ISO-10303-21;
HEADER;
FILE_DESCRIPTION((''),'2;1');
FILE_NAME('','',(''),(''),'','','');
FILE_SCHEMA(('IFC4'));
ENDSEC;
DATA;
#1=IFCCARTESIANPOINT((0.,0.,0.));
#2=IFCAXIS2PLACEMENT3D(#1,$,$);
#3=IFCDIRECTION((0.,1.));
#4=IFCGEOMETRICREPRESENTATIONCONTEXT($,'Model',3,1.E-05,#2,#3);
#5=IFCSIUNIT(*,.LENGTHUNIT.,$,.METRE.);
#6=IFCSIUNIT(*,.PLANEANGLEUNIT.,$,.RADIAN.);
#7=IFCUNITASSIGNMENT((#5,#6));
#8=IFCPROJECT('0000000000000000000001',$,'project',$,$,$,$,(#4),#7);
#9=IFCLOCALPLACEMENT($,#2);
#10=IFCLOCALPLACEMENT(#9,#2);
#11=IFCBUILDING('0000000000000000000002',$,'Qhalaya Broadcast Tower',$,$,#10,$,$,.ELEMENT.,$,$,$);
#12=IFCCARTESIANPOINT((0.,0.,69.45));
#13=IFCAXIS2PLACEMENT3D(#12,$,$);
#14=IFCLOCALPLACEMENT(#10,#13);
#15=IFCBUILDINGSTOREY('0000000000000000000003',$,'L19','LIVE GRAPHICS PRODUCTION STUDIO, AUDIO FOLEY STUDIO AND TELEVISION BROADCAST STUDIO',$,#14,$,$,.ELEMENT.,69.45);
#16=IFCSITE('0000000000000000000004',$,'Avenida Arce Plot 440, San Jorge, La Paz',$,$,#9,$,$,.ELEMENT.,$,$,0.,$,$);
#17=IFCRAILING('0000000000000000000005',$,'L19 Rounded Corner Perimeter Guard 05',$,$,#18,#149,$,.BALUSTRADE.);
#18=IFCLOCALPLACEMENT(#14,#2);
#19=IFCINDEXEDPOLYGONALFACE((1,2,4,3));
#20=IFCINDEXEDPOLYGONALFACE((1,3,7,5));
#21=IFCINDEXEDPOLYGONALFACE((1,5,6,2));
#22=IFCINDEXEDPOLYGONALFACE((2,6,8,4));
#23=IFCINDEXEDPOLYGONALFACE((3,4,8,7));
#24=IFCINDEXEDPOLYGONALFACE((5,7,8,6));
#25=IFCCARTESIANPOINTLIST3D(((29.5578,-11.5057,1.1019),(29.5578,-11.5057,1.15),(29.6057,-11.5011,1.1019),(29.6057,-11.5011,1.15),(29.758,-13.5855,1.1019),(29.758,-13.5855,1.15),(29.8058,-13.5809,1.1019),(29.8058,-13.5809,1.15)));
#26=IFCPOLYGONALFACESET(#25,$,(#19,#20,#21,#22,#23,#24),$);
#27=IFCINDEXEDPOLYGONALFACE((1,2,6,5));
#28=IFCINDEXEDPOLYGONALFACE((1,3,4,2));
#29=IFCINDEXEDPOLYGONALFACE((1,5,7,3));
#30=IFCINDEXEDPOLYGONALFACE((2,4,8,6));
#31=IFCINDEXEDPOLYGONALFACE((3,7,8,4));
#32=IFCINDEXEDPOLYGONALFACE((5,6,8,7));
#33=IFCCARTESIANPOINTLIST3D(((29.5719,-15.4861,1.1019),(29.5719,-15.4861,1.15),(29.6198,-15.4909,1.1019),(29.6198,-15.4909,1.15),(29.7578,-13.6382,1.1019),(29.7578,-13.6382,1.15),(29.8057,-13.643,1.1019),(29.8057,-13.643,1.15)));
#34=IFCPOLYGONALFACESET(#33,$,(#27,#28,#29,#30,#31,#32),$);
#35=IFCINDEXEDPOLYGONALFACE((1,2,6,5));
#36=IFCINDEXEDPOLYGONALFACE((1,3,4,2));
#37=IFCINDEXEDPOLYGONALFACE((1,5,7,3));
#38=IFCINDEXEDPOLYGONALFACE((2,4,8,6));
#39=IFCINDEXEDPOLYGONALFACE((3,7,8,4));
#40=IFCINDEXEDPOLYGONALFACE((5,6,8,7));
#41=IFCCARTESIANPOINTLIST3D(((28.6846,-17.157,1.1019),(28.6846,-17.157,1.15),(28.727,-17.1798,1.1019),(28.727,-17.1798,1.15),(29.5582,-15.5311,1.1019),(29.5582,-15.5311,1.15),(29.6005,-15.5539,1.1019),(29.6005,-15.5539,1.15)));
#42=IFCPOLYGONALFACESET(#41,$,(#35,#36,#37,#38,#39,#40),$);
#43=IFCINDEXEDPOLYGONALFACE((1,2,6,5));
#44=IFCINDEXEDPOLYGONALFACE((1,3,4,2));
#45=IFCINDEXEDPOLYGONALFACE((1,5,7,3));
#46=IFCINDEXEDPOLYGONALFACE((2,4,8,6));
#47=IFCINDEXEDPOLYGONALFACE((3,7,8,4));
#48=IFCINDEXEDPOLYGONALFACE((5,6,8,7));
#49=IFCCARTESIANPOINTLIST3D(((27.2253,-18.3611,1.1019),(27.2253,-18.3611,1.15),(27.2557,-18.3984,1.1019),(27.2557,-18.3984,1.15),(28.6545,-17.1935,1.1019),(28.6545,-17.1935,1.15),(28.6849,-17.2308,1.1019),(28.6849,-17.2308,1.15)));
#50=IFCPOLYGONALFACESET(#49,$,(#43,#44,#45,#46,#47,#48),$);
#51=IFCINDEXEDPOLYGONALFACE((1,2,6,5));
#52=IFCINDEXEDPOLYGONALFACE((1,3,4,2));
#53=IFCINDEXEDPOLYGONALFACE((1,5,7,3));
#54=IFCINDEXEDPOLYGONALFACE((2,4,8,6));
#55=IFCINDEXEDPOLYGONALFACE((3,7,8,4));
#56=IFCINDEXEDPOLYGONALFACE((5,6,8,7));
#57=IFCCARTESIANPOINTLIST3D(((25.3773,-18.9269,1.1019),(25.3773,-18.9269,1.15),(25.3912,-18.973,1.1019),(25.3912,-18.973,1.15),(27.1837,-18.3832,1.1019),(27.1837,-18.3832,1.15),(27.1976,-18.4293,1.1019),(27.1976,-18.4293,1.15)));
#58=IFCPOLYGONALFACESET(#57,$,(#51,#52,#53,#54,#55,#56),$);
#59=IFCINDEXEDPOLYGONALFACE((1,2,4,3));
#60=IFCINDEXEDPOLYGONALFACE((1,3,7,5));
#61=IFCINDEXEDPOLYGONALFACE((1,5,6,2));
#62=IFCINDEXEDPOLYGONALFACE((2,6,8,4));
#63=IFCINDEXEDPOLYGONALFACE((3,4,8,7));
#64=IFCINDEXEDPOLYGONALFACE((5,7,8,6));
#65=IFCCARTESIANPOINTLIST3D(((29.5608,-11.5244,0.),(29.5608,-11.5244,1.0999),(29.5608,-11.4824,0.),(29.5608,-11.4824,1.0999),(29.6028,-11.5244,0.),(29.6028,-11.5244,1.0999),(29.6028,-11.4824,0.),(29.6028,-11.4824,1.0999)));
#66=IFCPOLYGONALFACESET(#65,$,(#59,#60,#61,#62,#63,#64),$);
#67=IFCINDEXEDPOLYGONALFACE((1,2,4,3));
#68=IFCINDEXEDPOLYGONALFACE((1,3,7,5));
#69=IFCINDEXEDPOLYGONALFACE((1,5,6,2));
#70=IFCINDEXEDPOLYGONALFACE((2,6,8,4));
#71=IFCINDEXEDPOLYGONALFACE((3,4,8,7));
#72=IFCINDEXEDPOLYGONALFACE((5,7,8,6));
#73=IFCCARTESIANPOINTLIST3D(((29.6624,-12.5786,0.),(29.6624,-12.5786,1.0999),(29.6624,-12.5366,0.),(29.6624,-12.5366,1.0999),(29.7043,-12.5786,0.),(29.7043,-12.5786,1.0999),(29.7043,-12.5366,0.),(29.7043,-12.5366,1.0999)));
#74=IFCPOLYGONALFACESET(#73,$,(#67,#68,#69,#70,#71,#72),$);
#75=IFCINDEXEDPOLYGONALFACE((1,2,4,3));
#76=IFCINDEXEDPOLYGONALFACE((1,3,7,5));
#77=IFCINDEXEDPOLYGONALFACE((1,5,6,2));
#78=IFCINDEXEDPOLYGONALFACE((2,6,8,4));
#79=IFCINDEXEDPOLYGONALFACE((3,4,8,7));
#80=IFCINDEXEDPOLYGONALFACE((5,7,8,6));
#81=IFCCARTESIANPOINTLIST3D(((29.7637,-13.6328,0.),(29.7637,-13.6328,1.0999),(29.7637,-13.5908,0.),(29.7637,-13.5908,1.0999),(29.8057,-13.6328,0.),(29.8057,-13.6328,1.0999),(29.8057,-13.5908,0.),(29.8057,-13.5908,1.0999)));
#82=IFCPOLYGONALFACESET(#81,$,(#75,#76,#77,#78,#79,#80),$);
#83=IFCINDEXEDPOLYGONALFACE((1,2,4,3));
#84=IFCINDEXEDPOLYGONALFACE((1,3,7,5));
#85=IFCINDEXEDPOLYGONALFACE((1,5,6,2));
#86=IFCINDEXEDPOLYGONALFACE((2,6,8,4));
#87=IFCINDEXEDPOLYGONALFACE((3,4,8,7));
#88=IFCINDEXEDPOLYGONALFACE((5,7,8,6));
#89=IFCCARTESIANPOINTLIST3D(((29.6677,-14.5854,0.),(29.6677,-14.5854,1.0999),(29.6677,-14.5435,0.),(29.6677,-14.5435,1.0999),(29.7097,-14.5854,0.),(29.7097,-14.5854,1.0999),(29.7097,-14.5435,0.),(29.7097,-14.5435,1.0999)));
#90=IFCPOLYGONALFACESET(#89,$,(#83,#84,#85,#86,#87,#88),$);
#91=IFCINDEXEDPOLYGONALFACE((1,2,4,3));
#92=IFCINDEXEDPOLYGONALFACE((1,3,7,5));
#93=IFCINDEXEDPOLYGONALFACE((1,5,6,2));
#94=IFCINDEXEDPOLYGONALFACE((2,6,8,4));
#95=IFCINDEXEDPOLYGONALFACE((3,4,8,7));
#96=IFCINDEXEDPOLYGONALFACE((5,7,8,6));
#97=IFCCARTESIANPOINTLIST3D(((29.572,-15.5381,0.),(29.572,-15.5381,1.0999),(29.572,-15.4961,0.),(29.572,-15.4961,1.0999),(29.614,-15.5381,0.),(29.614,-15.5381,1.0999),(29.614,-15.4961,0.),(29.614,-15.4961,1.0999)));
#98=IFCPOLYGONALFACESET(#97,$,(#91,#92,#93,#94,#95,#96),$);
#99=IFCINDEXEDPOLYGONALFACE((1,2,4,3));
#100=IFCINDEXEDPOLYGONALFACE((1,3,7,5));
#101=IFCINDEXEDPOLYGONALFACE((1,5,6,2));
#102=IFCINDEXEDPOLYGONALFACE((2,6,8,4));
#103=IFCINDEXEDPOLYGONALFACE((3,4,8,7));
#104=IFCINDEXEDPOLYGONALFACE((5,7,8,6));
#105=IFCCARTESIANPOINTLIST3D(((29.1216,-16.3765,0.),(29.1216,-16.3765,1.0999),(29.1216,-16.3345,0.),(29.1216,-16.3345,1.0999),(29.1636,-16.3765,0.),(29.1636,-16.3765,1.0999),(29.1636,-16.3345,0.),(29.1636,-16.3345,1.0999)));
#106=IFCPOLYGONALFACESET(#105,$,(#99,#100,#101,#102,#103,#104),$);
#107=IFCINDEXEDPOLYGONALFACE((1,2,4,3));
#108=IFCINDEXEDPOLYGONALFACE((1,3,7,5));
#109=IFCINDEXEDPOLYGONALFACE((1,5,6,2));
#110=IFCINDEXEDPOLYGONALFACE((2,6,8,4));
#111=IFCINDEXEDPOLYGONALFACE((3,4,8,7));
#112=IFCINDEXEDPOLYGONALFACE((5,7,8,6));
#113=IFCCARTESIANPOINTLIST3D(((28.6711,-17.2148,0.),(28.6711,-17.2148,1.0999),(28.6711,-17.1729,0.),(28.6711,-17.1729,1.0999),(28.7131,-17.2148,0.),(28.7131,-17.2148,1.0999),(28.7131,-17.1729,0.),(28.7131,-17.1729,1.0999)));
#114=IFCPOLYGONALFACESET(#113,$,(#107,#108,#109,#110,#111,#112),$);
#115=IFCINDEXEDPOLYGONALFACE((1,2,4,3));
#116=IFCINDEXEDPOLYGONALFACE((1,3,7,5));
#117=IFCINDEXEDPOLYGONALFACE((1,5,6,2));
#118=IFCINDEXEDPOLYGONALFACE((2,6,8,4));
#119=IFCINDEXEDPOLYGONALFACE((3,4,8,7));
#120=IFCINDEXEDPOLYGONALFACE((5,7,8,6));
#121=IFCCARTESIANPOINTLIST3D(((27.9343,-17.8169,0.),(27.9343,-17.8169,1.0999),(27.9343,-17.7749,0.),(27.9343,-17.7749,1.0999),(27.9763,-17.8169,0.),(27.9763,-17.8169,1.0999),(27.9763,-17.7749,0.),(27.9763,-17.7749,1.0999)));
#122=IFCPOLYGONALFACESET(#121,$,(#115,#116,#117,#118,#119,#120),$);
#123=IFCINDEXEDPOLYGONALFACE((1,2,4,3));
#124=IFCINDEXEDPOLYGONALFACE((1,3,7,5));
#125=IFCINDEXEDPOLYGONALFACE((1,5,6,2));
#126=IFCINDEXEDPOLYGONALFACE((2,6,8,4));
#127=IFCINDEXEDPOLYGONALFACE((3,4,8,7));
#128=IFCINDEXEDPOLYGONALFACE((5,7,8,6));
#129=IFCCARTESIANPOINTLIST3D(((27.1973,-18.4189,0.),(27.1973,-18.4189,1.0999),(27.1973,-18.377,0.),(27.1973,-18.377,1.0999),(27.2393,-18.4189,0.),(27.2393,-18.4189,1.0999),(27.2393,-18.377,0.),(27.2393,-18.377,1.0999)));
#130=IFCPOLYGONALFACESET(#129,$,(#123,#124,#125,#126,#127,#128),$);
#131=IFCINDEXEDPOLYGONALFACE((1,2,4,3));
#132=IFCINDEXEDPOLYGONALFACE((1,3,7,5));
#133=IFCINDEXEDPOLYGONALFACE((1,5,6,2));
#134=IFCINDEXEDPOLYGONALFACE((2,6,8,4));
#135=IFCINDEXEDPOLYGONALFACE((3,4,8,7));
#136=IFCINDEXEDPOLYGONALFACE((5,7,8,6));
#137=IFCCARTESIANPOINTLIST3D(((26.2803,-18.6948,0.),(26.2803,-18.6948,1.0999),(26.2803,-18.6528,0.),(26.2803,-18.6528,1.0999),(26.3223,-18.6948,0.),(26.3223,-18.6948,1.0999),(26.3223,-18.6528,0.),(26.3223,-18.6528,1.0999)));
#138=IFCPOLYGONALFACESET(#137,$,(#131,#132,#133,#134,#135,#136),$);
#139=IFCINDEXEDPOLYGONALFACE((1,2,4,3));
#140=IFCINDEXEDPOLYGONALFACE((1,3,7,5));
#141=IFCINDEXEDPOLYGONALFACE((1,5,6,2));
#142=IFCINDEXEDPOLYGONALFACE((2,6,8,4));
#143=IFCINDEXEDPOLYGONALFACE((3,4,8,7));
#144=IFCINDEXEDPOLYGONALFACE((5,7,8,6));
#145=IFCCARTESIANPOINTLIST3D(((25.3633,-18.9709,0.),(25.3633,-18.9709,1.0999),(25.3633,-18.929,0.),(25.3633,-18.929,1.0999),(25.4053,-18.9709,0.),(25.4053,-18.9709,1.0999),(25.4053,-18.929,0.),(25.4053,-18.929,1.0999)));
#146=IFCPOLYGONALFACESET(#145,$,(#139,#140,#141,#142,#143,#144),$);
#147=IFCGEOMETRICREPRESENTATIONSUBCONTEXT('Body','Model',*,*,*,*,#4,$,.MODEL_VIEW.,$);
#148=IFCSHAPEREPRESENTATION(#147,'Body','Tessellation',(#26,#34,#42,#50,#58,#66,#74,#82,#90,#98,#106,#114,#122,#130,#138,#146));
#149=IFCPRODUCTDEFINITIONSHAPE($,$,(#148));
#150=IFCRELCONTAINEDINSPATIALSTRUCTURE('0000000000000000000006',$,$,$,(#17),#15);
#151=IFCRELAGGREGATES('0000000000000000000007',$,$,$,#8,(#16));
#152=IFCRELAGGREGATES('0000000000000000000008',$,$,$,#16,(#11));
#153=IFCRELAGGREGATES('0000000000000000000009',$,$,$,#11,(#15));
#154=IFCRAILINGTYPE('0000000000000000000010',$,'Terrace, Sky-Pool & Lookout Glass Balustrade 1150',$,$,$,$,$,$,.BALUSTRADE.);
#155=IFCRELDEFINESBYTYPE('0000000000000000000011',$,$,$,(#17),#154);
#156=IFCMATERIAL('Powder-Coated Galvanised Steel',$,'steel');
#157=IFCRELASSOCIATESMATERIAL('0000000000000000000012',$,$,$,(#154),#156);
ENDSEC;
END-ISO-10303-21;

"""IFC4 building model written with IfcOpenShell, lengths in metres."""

from ifc_helpers import new_model, si_unit, direction, frame, origin, origin_2d, place, context, subcontext, project, spatial, rectangle, extrude, material, type_object, element, save


model = new_model("IFC4")

# Units and contexts
model_context = context("Model", 3, precision=1e-05, world=origin(), true_north=direction((0.0, 1.0)))
body_context = subcontext(model_context, "Body", "Model", "MODEL_VIEW")
ifc_project = project(units=[si_unit("LENGTHUNIT", "METRE"), si_unit("PLANEANGLEUNIT", "RADIAN")], contexts=[model_context])

# Site, building, storey
site_placement = place(None, origin())
site = spatial("IfcSite", under=ifc_project, at=site_placement, Name="Avenida Arce Plot 440, San Jorge, La Paz", CompositionType="ELEMENT", RefElevation=0.0)
building_placement = place(site_placement, origin())
building = spatial("IfcBuilding", under=site, at=building_placement, Name="Qhalaya Broadcast Tower", CompositionType="ELEMENT")
storey_placement = place(building_placement, frame((0.0, 0.0, 69.45)))
storey = spatial("IfcBuildingStorey", under=building, at=storey_placement, Name="L19", Description="LIVE GRAPHICS PRODUCTION STUDIO, AUDIO FOLEY STUDIO AND TELEVISION BROADCAST STUDIO", CompositionType="ELEMENT", Elevation=69.45)

# Railing
ifc_material_1 = material(Name="Powder-Coated Galvanised Steel", Category="steel")
railing_type = type_object("IfcRailingType", Name="Terrace, Sky-Pool & Lookout Glass Balustrade 1150", PredefinedType="BALUSTRADE", material=ifc_material_1)
railing_1_placement = place(storey_placement, frame((29.5818, -11.5034, 0.0)))
element("IfcRailing", 1, at=railing_1_placement, inside=storey, type_object=railing_type, Name="L19 Rounded Corner Perimeter Guard 05", PredefinedType="BALUSTRADE", context=body_context, shape_type="SweptSolid", body=[
    extrude(rectangle(XDim=0.0481, YDim=0.0481, at=origin_2d()), frame((0.0, 0.0, 1.126), z_axis=(0.095783, -0.995402, 0.0), x_axis=(0.995402, 0.095783, 0.0)), (0.0, 0.0, 1.0), 2.0894),
    extrude(rectangle(XDim=0.0481, YDim=0.0481, at=origin_2d()), frame((0.2, -2.1372, 1.126), z_axis=(-0.100084, -0.994979, 0.0), x_axis=(0.994979, -0.100084, 0.0)), (0.0, 0.0, 1.0), 1.8572),
    extrude(rectangle(XDim=0.0481, YDim=0.0481, at=origin_2d()), frame((-0.0024, -4.0391, 1.126), z_axis=(-0.473289, -0.880907, 0.0), x_axis=(0.880907, -0.473289, 0.0)), (0.0, 0.0, 1.0), 1.8457),
    extrude(rectangle(XDim=0.0481, YDim=0.0481, at=origin_2d()), frame((-0.9121, -5.7087, 1.126), z_axis=(-0.77442, -0.632672, 0.0), x_axis=(0.632672, -0.77442, 0.0)), (0.0, 0.0, 1.0), 1.8455),
    extrude(rectangle(XDim=0.0481, YDim=0.0481, at=origin_2d()), frame((-2.3911, -6.9028, 1.126), z_axis=(-0.957566, -0.288213, 0.0), x_axis=(0.288213, -0.957566, 0.0)), (0.0, 0.0, 1.0), 1.8865),
    extrude(rectangle(XDim=0.042, YDim=0.042, at=origin_2d()), origin(), (0.0, 0.0, 1.0), 1.0999),
    extrude(rectangle(XDim=0.042, YDim=0.042, at=origin_2d()), frame((0.1016, -1.0542, 0.0)), (0.0, 0.0, 1.0), 1.0999),
    extrude(rectangle(XDim=0.042, YDim=0.042, at=origin_2d()), frame((0.2029, -2.1084, 0.0)), (0.0, 0.0, 1.0), 1.0999),
    extrude(rectangle(XDim=0.042, YDim=0.042, at=origin_2d()), frame((0.1069, -3.061, 0.0)), (0.0, 0.0, 1.0), 1.0999),
    extrude(rectangle(XDim=0.042, YDim=0.042, at=origin_2d()), frame((0.0112, -4.0137, 0.0)), (0.0, 0.0, 1.0), 1.0999),
    extrude(rectangle(XDim=0.042, YDim=0.042, at=origin_2d()), frame((-0.4392, -4.8521, 0.0)), (0.0, 0.0, 1.0), 1.0999),
    extrude(rectangle(XDim=0.042, YDim=0.042, at=origin_2d()), frame((-0.8896, -5.6904, 0.0)), (0.0, 0.0, 1.0), 1.0999),
    extrude(rectangle(XDim=0.042, YDim=0.042, at=origin_2d()), frame((-1.6265, -6.2925, 0.0)), (0.0, 0.0, 1.0), 1.0999),
    extrude(rectangle(XDim=0.042, YDim=0.042, at=origin_2d()), frame((-2.3635, -6.8945, 0.0)), (0.0, 0.0, 1.0), 1.0999),
    extrude(rectangle(XDim=0.042, YDim=0.042, at=origin_2d()), frame((-3.2805, -7.1704, 0.0)), (0.0, 0.0, 1.0), 1.0999),
    extrude(rectangle(XDim=0.042, YDim=0.042, at=origin_2d()), frame((-4.1975, -7.4465, 0.0)), (0.0, 0.0, 1.0), 1.0999),
])

save(model, "model.ifc")
